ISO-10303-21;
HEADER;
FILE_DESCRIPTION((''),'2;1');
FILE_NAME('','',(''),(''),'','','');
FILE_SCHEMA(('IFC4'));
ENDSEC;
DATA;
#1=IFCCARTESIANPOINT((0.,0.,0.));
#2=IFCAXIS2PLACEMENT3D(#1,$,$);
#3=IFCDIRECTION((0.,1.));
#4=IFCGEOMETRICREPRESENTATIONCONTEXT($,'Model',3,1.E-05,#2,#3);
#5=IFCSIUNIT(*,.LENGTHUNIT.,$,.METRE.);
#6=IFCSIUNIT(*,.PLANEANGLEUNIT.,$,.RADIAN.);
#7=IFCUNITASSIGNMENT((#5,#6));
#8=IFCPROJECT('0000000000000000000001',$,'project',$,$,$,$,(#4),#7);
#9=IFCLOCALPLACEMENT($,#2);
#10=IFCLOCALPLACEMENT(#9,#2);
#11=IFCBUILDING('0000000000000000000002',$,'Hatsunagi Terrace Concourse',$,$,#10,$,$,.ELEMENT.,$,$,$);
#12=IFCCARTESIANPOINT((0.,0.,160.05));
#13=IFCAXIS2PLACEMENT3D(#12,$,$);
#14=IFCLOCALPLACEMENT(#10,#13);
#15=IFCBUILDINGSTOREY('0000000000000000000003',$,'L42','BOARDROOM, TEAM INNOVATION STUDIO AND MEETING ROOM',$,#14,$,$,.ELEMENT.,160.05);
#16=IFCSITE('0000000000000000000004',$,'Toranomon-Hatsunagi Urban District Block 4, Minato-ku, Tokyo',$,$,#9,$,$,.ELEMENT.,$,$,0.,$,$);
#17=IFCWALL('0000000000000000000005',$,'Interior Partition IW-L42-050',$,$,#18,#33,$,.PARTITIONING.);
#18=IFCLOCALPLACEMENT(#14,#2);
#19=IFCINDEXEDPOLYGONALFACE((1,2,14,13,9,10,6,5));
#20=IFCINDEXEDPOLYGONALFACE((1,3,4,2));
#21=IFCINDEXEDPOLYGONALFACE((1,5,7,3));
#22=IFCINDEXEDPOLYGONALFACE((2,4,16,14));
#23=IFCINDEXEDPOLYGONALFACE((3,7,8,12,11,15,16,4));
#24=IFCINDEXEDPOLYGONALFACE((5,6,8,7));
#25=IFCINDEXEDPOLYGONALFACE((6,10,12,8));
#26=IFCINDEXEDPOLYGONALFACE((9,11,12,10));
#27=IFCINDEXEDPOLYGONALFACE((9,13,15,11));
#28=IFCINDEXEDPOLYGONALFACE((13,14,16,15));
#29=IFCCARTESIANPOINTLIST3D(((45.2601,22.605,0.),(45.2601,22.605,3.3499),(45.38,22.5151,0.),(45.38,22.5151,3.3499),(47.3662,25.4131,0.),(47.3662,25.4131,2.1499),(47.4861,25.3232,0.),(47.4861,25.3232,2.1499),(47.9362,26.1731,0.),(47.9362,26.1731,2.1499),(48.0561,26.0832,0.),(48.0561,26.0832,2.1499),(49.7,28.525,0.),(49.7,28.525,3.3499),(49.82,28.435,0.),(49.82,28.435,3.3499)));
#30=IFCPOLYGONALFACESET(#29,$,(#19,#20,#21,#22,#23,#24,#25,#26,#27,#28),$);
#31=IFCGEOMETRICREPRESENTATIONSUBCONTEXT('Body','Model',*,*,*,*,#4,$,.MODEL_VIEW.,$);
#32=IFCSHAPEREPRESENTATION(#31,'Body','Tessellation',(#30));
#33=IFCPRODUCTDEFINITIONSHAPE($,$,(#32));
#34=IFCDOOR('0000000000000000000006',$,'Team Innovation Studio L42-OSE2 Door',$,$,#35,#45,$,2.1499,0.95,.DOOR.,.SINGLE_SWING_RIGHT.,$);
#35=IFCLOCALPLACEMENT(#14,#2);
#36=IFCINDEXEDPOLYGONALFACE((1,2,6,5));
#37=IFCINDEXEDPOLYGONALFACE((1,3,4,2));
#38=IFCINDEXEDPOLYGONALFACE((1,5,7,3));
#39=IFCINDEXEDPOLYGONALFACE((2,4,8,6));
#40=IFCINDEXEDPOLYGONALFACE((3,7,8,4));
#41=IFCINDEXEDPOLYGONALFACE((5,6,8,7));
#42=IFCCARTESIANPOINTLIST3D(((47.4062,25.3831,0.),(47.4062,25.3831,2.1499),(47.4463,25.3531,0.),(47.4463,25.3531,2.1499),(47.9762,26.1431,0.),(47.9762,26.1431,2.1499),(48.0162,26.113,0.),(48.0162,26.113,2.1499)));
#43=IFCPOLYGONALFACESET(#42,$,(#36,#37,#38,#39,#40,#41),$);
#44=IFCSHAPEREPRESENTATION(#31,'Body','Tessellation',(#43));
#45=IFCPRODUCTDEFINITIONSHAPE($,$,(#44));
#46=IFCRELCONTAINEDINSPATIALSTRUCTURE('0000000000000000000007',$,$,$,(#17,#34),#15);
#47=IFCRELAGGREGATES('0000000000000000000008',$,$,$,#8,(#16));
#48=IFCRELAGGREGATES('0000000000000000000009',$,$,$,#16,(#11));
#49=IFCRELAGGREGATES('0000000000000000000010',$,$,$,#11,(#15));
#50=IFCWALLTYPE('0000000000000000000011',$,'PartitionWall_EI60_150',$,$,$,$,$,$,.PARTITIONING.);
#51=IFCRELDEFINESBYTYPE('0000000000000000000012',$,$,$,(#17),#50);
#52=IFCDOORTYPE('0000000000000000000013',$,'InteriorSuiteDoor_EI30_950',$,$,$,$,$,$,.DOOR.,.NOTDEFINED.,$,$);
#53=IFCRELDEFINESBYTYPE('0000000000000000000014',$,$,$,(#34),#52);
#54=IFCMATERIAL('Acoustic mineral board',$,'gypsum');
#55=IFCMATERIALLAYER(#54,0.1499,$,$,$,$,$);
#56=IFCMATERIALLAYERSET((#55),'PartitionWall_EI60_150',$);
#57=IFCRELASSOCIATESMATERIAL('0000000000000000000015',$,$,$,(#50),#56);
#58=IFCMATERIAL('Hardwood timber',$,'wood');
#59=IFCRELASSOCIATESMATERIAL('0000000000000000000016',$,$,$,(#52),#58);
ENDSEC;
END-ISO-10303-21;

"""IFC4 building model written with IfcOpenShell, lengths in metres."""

from ifc_helpers import new_model, si_unit, direction, frame, frame_2d, origin, place, context, subcontext, project, spatial, rectangle, extrude, material, layer, layer_set, type_object, element, fill, save


model = new_model("IFC4")

# Units and contexts
model_context = context("Model", 3, precision=1e-05, world=origin(), true_north=direction((0.0, 1.0)))
body_context = subcontext(model_context, "Body", "Model", "MODEL_VIEW")
ifc_project = project(units=[si_unit("LENGTHUNIT", "METRE"), si_unit("PLANEANGLEUNIT", "RADIAN")], contexts=[model_context])

# Site, building, storey
site_placement = place(None, origin())
site = spatial("IfcSite", under=ifc_project, at=site_placement, Name="Toranomon-Hatsunagi Urban District Block 4, Minato-ku, Tokyo", CompositionType="ELEMENT", RefElevation=0.0)
building_placement = place(site_placement, origin())
building = spatial("IfcBuilding", under=site, at=building_placement, Name="Hatsunagi Terrace Concourse", CompositionType="ELEMENT")
storey_placement = place(building_placement, frame((0.0, 0.0, 160.05)))
storey = spatial("IfcBuildingStorey", under=building, at=storey_placement, Name="L42", Description="BOARDROOM, TEAM INNOVATION STUDIO AND MEETING ROOM", CompositionType="ELEMENT", Elevation=160.05)

# Shared definitions
ifc_material_1 = material(Name="Acoustic mineral board", Category="gypsum")
ifc_layer_1 = layer(ifc_material_1, 0.1499)
ifc_layer_set_1 = layer_set([ifc_layer_1], Name="PartitionWall_EI60_150")
wall_type_1 = type_object("IfcWallType", Name="PartitionWall_EI60_150", PredefinedType="PARTITIONING", material=ifc_layer_set_1)

# Wall, opening, door
wall_1_placement = place(storey_placement, frame((45.3201, 22.5601, 0.0), z_axis=(0.0, 0.0, 1.0), x_axis=(0.6, 0.8, 0.0)))
wall_1 = element("IfcWall", 1, at=wall_1_placement, inside=storey, type_object=wall_type_1, Name="Interior Partition IW-L42-050", PredefinedType="PARTITIONING", context=body_context, shape_type="SweptSolid", body=[
    extrude(rectangle(XDim=7.3999, YDim=0.1499, at=frame_2d((3.7, 0.0))), origin(), (0.0, 0.0, 1.0), 3.3499),
])
opening_1_placement = place(wall_1_placement, frame((3.51, 0.0, 0.0)))
opening_1 = element("IfcOpeningElement", 2, at=opening_1_placement, cuts=wall_1, PredefinedType="OPENING", context=body_context, shape_type="SweptSolid", body=[
    extrude(rectangle(XDim=0.95, YDim=2.1499, at=frame_2d((0.4751, 1.075))), frame((0.0, 0.085, 0.0), z_axis=(0.0, -1.0, 0.0), x_axis=(1.0, 0.0, 0.0)), (0.0, 0.0, 1.0), 0.1699),
])
ifc_material_2 = material(Name="Hardwood timber", Category="wood")
door_type_1 = type_object("IfcDoorType", Name="InteriorSuiteDoor_EI30_950", OperationType="NOTDEFINED", PredefinedType="DOOR", material=ifc_material_2)
door_1_placement = place(opening_1_placement, origin())
door_1 = element("IfcDoor", 3, at=door_1_placement, inside=storey, type_object=door_type_1, Name="Team Innovation Studio L42-OSE2 Door", OperationType="SINGLE_SWING_RIGHT", OverallHeight=2.1499, OverallWidth=0.95, PredefinedType="DOOR", context=body_context, shape_type="SweptSolid", body=[
    extrude(rectangle(XDim=0.95, YDim=2.1499, at=frame_2d((0.4751, 1.075))), frame((0.0, 0.0249, 0.0), z_axis=(0.0, -1.0, 0.0), x_axis=(1.0, 0.0, 0.0)), (0.0, 0.0, 1.0), 0.05),
])
fill(opening_1, door_1)

save(model, "model.ifc")
